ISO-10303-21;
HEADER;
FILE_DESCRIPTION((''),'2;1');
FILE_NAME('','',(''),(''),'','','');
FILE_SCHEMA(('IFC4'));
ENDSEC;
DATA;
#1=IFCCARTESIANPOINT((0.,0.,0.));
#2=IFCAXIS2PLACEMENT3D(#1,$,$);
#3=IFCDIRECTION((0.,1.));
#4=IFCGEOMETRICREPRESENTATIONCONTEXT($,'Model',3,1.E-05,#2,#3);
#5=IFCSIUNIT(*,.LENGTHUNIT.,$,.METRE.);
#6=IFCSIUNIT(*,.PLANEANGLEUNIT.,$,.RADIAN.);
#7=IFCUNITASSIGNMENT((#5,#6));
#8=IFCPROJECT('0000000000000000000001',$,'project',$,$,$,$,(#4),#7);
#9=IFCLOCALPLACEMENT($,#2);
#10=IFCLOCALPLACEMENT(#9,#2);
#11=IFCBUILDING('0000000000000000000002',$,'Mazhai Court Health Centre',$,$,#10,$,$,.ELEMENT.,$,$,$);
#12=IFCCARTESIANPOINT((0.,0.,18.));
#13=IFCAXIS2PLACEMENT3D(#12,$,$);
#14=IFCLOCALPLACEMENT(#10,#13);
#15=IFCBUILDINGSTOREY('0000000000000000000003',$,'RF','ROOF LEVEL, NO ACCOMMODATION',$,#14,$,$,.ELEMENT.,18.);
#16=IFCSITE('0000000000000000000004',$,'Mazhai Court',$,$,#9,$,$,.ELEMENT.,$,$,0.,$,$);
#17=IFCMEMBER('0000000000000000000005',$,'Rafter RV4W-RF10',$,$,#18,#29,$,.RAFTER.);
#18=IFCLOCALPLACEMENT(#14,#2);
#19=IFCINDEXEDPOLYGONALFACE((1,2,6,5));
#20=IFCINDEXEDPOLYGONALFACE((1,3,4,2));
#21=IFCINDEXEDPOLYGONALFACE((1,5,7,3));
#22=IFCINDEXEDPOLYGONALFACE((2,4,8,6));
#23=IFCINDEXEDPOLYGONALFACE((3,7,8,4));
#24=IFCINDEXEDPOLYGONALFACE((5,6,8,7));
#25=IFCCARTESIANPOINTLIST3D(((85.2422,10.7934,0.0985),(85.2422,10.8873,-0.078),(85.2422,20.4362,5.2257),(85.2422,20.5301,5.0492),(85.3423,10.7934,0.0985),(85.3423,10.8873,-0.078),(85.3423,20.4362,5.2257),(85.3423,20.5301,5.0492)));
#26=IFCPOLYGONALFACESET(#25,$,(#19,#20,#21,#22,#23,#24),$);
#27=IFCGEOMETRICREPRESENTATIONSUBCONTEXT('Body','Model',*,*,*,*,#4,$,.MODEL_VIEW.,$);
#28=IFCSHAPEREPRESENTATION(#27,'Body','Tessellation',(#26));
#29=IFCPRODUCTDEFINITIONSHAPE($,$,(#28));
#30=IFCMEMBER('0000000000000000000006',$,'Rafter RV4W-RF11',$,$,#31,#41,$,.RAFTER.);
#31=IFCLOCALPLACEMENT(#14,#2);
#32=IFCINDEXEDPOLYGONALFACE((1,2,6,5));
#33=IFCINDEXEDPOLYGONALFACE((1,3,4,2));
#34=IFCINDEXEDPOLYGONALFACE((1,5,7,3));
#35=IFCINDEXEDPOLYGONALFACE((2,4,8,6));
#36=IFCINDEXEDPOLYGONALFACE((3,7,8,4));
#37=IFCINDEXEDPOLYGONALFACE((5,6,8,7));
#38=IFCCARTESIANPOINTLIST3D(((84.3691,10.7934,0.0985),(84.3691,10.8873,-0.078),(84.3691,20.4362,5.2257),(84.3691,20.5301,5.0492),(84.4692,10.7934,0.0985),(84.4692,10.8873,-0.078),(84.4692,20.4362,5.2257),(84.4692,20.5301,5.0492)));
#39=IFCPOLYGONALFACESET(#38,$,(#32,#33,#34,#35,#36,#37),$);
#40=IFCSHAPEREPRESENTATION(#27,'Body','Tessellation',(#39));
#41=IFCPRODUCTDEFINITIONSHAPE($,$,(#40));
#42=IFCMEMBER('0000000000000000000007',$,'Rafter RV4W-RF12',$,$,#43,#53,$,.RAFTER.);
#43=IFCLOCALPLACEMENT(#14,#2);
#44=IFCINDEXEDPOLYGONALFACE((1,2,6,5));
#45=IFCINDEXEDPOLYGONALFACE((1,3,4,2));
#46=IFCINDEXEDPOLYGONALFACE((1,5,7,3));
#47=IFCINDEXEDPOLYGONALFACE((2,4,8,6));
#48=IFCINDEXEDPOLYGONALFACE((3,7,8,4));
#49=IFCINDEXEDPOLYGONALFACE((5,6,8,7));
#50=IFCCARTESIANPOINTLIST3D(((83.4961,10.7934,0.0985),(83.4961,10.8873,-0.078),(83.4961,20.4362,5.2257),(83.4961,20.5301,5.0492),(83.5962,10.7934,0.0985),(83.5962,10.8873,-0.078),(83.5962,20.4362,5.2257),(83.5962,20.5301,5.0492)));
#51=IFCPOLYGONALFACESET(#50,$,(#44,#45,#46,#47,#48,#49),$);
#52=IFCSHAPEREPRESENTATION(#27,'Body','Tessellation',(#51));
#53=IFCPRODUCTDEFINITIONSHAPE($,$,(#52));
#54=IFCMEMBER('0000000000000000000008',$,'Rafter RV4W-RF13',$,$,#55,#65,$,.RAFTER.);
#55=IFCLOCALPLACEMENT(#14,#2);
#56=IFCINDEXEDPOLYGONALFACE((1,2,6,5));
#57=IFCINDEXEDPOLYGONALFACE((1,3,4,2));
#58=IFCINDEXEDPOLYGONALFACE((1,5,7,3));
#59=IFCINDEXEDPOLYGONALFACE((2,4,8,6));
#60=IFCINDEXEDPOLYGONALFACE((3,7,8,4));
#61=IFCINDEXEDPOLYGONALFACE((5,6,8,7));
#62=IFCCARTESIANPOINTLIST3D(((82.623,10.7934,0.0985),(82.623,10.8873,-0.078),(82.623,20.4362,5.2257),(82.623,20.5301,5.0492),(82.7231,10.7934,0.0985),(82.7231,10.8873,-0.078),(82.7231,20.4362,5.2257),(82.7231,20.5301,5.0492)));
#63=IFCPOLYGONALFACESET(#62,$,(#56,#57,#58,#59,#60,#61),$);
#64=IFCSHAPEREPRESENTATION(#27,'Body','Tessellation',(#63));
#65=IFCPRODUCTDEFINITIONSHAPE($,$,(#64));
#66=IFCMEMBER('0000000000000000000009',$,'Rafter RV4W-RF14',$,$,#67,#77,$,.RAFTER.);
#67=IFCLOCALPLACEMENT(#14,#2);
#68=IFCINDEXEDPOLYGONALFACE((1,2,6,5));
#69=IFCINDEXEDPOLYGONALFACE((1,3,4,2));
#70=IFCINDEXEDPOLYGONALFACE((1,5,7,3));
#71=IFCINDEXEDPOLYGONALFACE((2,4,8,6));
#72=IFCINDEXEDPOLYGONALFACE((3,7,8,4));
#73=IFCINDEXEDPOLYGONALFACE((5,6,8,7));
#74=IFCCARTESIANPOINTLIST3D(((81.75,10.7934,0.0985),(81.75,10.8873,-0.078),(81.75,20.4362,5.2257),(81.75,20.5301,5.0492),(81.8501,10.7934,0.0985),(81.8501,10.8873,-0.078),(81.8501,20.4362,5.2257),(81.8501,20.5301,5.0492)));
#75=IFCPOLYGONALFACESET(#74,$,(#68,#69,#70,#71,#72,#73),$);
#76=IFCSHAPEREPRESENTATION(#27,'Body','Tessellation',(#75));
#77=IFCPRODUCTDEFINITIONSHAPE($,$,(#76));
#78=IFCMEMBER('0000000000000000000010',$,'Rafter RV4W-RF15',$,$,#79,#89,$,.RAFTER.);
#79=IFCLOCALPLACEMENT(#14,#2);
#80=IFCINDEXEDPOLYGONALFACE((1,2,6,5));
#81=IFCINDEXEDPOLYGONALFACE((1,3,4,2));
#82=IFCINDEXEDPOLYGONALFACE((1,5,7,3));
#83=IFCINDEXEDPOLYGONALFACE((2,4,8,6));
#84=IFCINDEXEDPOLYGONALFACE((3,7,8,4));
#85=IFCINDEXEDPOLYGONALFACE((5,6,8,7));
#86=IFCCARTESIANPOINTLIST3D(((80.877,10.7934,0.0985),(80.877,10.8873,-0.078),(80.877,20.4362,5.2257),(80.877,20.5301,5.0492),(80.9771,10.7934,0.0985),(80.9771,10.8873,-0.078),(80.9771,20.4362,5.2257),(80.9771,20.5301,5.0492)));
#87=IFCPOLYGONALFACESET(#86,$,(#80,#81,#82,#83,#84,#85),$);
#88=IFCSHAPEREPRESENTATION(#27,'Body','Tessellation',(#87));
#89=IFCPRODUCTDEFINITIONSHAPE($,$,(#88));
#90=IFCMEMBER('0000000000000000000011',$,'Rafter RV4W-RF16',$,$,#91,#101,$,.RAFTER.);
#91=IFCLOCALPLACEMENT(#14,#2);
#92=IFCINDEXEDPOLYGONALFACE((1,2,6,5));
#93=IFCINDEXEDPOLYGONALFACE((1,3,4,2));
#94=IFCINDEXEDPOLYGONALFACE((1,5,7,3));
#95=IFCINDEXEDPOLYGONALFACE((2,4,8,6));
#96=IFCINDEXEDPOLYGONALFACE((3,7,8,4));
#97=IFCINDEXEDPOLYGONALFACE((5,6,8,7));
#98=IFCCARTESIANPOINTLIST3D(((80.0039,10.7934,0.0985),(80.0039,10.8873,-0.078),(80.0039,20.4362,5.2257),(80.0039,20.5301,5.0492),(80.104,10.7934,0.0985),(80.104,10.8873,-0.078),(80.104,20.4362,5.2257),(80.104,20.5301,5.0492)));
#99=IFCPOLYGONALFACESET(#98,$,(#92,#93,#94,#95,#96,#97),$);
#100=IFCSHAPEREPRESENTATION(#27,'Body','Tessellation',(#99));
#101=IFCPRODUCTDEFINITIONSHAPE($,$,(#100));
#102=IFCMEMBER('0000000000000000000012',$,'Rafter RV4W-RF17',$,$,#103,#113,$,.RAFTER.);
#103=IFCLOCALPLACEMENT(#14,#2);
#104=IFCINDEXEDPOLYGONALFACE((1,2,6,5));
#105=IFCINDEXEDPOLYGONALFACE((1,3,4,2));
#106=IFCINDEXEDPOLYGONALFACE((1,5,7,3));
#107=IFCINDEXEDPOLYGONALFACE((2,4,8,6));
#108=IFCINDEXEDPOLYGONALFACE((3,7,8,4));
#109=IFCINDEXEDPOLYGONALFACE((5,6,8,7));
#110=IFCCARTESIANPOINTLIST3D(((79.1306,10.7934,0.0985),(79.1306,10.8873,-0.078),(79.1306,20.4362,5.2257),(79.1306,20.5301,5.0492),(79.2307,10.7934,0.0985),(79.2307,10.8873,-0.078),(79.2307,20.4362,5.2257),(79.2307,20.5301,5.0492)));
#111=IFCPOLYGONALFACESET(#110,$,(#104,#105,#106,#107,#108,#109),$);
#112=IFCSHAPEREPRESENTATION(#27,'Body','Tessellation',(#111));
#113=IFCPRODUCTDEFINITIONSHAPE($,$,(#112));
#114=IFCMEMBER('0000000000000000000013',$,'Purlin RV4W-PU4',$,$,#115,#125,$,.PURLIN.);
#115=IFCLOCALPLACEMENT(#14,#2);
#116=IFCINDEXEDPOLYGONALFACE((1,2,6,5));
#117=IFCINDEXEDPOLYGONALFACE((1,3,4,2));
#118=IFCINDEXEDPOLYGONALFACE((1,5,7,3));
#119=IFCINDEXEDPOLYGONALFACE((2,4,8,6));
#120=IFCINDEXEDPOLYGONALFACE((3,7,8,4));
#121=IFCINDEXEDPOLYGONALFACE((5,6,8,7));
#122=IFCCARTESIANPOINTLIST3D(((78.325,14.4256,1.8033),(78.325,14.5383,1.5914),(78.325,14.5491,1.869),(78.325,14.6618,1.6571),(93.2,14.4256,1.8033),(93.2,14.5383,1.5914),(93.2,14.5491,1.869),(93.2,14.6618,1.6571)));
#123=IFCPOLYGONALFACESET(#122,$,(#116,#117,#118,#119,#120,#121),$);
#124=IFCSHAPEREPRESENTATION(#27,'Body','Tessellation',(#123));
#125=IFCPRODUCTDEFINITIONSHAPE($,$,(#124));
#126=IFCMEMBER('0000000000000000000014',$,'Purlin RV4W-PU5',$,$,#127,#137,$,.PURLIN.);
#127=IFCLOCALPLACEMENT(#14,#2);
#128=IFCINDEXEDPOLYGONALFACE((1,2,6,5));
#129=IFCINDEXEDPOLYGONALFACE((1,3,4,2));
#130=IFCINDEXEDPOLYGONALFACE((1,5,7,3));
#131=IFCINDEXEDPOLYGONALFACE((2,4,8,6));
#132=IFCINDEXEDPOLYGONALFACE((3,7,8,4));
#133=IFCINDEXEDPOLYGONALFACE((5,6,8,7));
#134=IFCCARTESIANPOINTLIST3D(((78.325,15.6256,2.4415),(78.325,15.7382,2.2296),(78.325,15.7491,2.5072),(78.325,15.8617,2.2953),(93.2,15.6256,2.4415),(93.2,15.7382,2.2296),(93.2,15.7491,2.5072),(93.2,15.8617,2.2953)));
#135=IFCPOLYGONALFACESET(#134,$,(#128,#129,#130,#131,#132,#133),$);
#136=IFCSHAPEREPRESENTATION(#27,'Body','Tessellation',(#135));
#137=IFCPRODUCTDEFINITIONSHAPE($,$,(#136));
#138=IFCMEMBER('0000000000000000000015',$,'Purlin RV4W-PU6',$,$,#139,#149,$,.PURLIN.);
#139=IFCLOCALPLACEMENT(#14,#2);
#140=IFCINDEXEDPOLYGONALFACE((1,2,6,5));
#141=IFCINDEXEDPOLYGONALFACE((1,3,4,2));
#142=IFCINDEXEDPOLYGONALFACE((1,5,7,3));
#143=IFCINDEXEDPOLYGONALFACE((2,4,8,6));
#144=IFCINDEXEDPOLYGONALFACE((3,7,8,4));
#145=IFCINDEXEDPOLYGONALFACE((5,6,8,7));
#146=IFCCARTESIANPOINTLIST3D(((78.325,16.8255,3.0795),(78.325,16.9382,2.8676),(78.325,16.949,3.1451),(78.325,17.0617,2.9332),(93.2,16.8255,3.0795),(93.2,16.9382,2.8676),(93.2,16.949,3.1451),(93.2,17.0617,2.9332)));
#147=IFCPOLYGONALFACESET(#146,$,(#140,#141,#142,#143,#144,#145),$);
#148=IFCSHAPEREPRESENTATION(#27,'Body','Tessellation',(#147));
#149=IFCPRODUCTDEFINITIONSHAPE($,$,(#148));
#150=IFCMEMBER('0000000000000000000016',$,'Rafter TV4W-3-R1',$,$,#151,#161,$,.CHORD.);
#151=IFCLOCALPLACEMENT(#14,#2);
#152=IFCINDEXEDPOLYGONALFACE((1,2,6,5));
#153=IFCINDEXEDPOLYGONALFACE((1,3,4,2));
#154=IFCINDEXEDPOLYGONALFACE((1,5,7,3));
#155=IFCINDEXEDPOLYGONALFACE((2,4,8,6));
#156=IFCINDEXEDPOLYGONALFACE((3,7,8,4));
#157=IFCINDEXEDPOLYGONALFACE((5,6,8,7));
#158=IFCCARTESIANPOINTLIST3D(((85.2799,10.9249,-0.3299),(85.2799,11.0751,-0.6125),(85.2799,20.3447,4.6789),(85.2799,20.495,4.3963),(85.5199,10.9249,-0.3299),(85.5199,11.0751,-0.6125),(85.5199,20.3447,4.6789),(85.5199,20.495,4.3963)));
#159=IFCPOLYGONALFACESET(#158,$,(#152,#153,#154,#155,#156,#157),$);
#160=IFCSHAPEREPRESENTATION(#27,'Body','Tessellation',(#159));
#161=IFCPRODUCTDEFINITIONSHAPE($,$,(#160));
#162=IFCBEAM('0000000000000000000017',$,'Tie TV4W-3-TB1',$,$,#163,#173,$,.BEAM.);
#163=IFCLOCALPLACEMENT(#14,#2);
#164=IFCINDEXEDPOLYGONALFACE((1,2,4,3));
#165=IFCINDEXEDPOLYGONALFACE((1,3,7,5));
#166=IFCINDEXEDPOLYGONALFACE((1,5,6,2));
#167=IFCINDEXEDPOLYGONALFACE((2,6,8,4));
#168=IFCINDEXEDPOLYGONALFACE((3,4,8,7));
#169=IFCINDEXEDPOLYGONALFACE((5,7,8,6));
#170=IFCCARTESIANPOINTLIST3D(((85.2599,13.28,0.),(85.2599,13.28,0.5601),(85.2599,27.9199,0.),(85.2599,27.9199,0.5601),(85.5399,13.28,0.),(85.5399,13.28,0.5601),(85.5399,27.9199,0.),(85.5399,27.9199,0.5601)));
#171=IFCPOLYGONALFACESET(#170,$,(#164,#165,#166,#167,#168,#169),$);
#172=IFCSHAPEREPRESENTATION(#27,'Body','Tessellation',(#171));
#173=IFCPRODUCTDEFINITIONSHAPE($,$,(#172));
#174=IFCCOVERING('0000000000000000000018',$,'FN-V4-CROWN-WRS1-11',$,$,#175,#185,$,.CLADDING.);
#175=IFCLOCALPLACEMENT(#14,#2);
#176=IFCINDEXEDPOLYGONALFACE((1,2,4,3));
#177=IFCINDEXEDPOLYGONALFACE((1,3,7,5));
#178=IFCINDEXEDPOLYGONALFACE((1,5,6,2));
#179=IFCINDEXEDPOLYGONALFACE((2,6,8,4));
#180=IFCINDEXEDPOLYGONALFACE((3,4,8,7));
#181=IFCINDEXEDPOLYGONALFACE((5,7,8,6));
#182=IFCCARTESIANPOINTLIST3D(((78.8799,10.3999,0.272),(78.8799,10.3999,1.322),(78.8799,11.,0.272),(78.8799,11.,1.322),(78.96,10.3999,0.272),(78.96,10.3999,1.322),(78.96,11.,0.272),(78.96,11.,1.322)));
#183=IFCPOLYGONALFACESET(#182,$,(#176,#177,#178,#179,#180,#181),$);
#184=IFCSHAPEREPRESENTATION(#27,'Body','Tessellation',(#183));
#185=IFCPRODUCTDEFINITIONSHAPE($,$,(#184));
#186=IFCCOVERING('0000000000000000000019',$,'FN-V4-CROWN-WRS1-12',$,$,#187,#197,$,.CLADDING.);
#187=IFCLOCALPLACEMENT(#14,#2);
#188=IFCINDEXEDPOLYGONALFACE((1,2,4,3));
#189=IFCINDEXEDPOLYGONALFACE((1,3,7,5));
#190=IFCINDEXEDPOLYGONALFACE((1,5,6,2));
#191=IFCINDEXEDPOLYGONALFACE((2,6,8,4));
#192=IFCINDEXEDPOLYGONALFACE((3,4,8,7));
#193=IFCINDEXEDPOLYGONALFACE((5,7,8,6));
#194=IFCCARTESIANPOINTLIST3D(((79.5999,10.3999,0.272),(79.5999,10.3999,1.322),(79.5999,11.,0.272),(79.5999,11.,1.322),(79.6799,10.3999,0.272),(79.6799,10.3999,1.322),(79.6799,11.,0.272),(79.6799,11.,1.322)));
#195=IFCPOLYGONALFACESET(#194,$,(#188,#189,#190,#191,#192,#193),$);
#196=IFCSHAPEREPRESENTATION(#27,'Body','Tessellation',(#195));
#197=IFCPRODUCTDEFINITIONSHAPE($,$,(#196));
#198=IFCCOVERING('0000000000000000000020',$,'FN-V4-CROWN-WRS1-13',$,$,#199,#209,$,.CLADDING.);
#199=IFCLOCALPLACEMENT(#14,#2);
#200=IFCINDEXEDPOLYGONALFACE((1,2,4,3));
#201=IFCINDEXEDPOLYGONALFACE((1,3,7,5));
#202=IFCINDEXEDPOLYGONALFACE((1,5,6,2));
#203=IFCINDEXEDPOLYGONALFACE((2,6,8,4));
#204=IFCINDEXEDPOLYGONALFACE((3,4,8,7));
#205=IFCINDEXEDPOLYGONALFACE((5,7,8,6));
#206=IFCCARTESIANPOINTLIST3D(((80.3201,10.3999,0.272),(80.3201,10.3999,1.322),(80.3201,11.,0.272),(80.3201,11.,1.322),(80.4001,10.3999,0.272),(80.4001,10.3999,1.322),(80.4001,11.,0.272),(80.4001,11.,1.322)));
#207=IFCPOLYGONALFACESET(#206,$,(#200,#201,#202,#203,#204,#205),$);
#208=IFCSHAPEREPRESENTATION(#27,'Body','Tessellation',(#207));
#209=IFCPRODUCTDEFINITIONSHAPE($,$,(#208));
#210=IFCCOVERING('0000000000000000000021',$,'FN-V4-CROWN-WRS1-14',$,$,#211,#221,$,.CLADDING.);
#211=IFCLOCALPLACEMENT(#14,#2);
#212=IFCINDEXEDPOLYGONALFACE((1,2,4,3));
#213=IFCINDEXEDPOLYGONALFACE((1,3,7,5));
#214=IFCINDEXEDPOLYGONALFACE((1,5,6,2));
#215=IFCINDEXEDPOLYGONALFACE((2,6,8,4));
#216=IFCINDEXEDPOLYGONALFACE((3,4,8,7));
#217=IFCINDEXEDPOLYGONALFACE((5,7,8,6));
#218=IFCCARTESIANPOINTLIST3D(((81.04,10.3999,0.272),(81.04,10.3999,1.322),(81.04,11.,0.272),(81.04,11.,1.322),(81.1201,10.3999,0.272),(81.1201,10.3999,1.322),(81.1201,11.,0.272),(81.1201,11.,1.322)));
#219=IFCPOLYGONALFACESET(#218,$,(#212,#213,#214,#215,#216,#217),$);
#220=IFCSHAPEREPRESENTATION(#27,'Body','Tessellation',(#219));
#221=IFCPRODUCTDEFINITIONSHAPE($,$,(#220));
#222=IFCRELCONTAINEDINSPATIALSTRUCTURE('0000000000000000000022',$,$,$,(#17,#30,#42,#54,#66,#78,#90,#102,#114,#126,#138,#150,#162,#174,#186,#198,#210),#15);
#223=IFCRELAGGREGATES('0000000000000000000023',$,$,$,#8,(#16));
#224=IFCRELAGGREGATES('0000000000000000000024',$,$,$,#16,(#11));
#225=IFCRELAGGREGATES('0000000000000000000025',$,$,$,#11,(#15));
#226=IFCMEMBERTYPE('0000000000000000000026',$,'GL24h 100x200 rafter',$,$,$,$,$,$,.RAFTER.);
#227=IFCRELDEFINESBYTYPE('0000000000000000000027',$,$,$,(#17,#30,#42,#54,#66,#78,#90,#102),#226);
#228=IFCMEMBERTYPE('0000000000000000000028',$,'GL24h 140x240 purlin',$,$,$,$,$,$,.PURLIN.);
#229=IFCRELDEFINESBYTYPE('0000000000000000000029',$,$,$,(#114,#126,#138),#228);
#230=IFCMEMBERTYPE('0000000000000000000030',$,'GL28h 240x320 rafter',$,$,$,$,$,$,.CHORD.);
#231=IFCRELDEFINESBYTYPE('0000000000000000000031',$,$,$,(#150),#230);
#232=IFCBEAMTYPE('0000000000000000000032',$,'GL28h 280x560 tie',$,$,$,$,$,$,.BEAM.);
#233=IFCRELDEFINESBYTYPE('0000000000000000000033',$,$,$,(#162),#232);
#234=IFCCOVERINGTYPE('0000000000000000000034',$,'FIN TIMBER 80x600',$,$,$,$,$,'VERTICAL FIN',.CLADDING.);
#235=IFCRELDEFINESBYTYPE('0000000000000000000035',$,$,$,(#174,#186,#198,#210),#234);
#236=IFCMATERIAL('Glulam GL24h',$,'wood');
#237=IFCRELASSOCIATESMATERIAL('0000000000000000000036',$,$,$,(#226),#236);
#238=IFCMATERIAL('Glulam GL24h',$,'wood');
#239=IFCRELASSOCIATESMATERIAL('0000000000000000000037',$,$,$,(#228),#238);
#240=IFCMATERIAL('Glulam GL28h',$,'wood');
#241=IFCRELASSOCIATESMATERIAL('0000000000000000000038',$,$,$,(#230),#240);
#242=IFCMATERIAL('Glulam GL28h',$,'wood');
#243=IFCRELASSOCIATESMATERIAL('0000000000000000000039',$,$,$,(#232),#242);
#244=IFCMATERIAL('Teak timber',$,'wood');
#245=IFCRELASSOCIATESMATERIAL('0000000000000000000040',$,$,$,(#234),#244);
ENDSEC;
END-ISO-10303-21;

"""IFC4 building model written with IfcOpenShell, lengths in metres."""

from ifc_helpers import new_model, si_unit, direction, frame, origin, origin_2d, place, context, subcontext, project, spatial, rectangle, extrude, material, material_profile, profile_set, type_object, element, save


model = new_model("IFC4")

# Units and contexts
model_context = context("Model", 3, precision=1e-05, world=origin(), true_north=direction((0.0, 1.0)))
body_context = subcontext(model_context, "Body", "Model", "MODEL_VIEW")
ifc_project = project(units=[si_unit("LENGTHUNIT", "METRE"), si_unit("PLANEANGLEUNIT", "RADIAN")], contexts=[model_context])

# Site, building, storey
site_placement = place(None, origin())
site = spatial("IfcSite", under=ifc_project, at=site_placement, Name="Mazhai Court", CompositionType="ELEMENT", RefElevation=0.0)
building_placement = place(site_placement, origin())
building = spatial("IfcBuilding", under=site, at=building_placement, Name="Mazhai Court Health Centre", CompositionType="ELEMENT")
storey_placement = place(building_placement, frame((0.0, 0.0, 18.0)))
storey = spatial("IfcBuildingStorey", under=building, at=storey_placement, Name="RF", Description="ROOF LEVEL, NO ACCOMMODATION", CompositionType="ELEMENT", Elevation=18.0)

# Members
ifc_material_1 = material(Name="Glulam GL24h", Category="wood")
ifc_material_profile_1 = material_profile(ifc_material_1, rectangle(XDim=0.1001, YDim=0.2, at=origin_2d()), Name="GL24h 100x200")
ifc_profile_set_1 = profile_set([ifc_material_profile_1], Name="Glulam GL24h")
member_type_1 = type_object("IfcMemberType", Name="GL24h 100x200 rafter", PredefinedType="RAFTER", material=ifc_profile_set_1)
for number, where, z_axis, x_axis, name in (
    (1, (85.2922, 10.8403, 0.0103), (0.0, 0.882947, 0.469473), (-1.0, 0.0, 0.0), "Rafter RV4W-RF10"),
    (2, (84.4192, 10.8403, 0.0103), (0.0, 0.882947, 0.469473), (-1.0, 0.0, 0.0), "Rafter RV4W-RF11"),
    (3, (83.5461, 10.8403, 0.0103), (0.0, 0.882947, 0.469473), (-1.0, 0.0, 0.0), "Rafter RV4W-RF12"),
    (4, (82.6731, 10.8403, 0.0103), (0.0, 0.882947, 0.469473), (-1.0, 0.0, 0.0), "Rafter RV4W-RF13"),
    (5, (81.8, 10.8403, 0.0103), (0.0, 0.882947, 0.469473), (-1.0, 0.0, 0.0), "Rafter RV4W-RF14"),
    (6, (80.927, 10.8403, 0.0103), (0.0, 0.882947, 0.469473), (-1.0, 0.0, 0.0), "Rafter RV4W-RF15"),
    (7, (80.054, 10.8403, 0.0103), (0.0, 0.882947, 0.469473), (-1.0, 0.0, 0.0), "Rafter RV4W-RF16"),
    (8, (79.1807, 10.8403, 0.0103), (0.0, 0.882947, 0.469473), (-1.0, 0.0, 0.0), "Rafter RV4W-RF17"),
):
    element("IfcMember", number, at=place(storey_placement, frame(where, z_axis=z_axis, x_axis=x_axis)), inside=storey, type_object=member_type_1, Name=name, PredefinedType="RAFTER", context=body_context, shape_type="SweptSolid", body=[
        extrude(rectangle(XDim=0.1001, YDim=0.2, at=origin_2d()), origin(), (0.0, 0.0, 1.0), 10.9211),
    ])
ifc_material_2 = material(Name="Glulam GL24h", Category="wood")
ifc_material_profile_2 = material_profile(ifc_material_2, rectangle(XDim=0.1399, YDim=0.24, at=origin_2d()), Name="GL24h 140x240")
ifc_profile_set_2 = profile_set([ifc_material_profile_2], Name="Glulam GL24h")
member_type_2 = type_object("IfcMemberType", Name="GL24h 140x240 purlin", PredefinedType="PURLIN", material=ifc_profile_set_2)
for number, where, z_axis, x_axis, name in (
    (9, (78.325, 14.5437, 1.7302), (1.0, 0.0, 0.0), (0.0, 0.882948, 0.469472), "Purlin RV4W-PU4"),
    (10, (78.325, 15.7437, 2.3684), (1.0, 0.0, 0.0), (0.0, 0.882948, 0.469472), "Purlin RV4W-PU5"),
    (11, (78.325, 16.9436, 3.0063), (1.0, 0.0, 0.0), (0.0, 0.882948, 0.469472), "Purlin RV4W-PU6"),
):
    element("IfcMember", number, at=place(storey_placement, frame(where, z_axis=z_axis, x_axis=x_axis)), inside=storey, type_object=member_type_2, Name=name, PredefinedType="PURLIN", context=body_context, shape_type="SweptSolid", body=[
        extrude(rectangle(XDim=0.1399, YDim=0.24, at=origin_2d()), origin(), (0.0, 0.0, 1.0), 14.875),
    ])
ifc_material_3 = material(Name="Glulam GL28h", Category="wood")
ifc_material_profile_3 = material_profile(ifc_material_3, rectangle(XDim=0.24, YDim=0.3201, at=origin_2d()), Name="GL28h 240x320")
ifc_profile_set_3 = profile_set([ifc_material_profile_3], Name="Glulam GL28h")
member_type_3 = type_object("IfcMemberType", Name="GL28h 240x320 rafter", PredefinedType="CHORD", material=ifc_profile_set_3)
member_placement = place(storey_placement, frame((85.3999, 11.0, -0.4712), z_axis=(0.0, 0.882943, 0.469481), x_axis=(-1.0, 0.0, 0.0)))
element("IfcMember", 12, at=member_placement, inside=storey, type_object=member_type_3, Name="Rafter TV4W-3-R1", PredefinedType="CHORD", context=body_context, shape_type="SweptSolid", body=[
    extrude(rectangle(XDim=0.24, YDim=0.3201, at=origin_2d()), origin(), (0.0, 0.0, 1.0), 10.6687),
])

# Beam
ifc_material_4 = material(Name="Glulam GL28h", Category="wood")
ifc_material_profile_4 = material_profile(ifc_material_4, rectangle(XDim=0.28, YDim=0.5601, at=origin_2d()), Name="GL28h 280x560")
ifc_profile_set_4 = profile_set([ifc_material_profile_4], Name="Glulam GL28h")
beam_type = type_object("IfcBeamType", Name="GL28h 280x560 tie", PredefinedType="BEAM", material=ifc_profile_set_4)
beam_placement = place(storey_placement, frame((85.3999, 13.28, 0.28), z_axis=(0.0, 1.0, 0.0), x_axis=(-1.0, 0.0, 0.0)))
element("IfcBeam", 13, at=beam_placement, inside=storey, type_object=beam_type, Name="Tie TV4W-3-TB1", PredefinedType="BEAM", context=body_context, shape_type="SweptSolid", body=[
    extrude(rectangle(XDim=0.28, YDim=0.5601, at=origin_2d()), origin(), (0.0, 0.0, 1.0), 14.6399),
])

# Coverings
ifc_material_5 = material(Name="Teak timber", Category="wood")
covering_type = type_object("IfcCoveringType", Name="FIN TIMBER 80x600", ElementType="VERTICAL FIN", PredefinedType="CLADDING", material=ifc_material_5)
for number, where, z_axis, x_axis, name in (
    (14, (78.9199, 10.7, 0.272), (0.0, 0.0, 1.0), (1.0, 0.0, 0.0), "FN-V4-CROWN-WRS1-11"),
    (15, (79.6399, 10.7, 0.272), (0.0, 0.0, 1.0), (1.0, 0.0, 0.0), "FN-V4-CROWN-WRS1-12"),
    (16, (80.3601, 10.7, 0.272), (0.0, 0.0, 1.0), (1.0, 0.0, 0.0), "FN-V4-CROWN-WRS1-13"),
    (17, (81.0801, 10.7, 0.272), (0.0, 0.0, 1.0), (1.0, 0.0, 0.0), "FN-V4-CROWN-WRS1-14"),
):
    element("IfcCovering", number, at=place(storey_placement, frame(where, z_axis=z_axis, x_axis=x_axis)), inside=storey, type_object=covering_type, Name=name, PredefinedType="CLADDING", context=body_context, shape_type="SweptSolid", body=[
        extrude(rectangle(XDim=0.0801, YDim=0.6001, at=origin_2d()), origin(), (0.0, 0.0, 1.0), 1.05),
    ])

save(model, "model.ifc")
